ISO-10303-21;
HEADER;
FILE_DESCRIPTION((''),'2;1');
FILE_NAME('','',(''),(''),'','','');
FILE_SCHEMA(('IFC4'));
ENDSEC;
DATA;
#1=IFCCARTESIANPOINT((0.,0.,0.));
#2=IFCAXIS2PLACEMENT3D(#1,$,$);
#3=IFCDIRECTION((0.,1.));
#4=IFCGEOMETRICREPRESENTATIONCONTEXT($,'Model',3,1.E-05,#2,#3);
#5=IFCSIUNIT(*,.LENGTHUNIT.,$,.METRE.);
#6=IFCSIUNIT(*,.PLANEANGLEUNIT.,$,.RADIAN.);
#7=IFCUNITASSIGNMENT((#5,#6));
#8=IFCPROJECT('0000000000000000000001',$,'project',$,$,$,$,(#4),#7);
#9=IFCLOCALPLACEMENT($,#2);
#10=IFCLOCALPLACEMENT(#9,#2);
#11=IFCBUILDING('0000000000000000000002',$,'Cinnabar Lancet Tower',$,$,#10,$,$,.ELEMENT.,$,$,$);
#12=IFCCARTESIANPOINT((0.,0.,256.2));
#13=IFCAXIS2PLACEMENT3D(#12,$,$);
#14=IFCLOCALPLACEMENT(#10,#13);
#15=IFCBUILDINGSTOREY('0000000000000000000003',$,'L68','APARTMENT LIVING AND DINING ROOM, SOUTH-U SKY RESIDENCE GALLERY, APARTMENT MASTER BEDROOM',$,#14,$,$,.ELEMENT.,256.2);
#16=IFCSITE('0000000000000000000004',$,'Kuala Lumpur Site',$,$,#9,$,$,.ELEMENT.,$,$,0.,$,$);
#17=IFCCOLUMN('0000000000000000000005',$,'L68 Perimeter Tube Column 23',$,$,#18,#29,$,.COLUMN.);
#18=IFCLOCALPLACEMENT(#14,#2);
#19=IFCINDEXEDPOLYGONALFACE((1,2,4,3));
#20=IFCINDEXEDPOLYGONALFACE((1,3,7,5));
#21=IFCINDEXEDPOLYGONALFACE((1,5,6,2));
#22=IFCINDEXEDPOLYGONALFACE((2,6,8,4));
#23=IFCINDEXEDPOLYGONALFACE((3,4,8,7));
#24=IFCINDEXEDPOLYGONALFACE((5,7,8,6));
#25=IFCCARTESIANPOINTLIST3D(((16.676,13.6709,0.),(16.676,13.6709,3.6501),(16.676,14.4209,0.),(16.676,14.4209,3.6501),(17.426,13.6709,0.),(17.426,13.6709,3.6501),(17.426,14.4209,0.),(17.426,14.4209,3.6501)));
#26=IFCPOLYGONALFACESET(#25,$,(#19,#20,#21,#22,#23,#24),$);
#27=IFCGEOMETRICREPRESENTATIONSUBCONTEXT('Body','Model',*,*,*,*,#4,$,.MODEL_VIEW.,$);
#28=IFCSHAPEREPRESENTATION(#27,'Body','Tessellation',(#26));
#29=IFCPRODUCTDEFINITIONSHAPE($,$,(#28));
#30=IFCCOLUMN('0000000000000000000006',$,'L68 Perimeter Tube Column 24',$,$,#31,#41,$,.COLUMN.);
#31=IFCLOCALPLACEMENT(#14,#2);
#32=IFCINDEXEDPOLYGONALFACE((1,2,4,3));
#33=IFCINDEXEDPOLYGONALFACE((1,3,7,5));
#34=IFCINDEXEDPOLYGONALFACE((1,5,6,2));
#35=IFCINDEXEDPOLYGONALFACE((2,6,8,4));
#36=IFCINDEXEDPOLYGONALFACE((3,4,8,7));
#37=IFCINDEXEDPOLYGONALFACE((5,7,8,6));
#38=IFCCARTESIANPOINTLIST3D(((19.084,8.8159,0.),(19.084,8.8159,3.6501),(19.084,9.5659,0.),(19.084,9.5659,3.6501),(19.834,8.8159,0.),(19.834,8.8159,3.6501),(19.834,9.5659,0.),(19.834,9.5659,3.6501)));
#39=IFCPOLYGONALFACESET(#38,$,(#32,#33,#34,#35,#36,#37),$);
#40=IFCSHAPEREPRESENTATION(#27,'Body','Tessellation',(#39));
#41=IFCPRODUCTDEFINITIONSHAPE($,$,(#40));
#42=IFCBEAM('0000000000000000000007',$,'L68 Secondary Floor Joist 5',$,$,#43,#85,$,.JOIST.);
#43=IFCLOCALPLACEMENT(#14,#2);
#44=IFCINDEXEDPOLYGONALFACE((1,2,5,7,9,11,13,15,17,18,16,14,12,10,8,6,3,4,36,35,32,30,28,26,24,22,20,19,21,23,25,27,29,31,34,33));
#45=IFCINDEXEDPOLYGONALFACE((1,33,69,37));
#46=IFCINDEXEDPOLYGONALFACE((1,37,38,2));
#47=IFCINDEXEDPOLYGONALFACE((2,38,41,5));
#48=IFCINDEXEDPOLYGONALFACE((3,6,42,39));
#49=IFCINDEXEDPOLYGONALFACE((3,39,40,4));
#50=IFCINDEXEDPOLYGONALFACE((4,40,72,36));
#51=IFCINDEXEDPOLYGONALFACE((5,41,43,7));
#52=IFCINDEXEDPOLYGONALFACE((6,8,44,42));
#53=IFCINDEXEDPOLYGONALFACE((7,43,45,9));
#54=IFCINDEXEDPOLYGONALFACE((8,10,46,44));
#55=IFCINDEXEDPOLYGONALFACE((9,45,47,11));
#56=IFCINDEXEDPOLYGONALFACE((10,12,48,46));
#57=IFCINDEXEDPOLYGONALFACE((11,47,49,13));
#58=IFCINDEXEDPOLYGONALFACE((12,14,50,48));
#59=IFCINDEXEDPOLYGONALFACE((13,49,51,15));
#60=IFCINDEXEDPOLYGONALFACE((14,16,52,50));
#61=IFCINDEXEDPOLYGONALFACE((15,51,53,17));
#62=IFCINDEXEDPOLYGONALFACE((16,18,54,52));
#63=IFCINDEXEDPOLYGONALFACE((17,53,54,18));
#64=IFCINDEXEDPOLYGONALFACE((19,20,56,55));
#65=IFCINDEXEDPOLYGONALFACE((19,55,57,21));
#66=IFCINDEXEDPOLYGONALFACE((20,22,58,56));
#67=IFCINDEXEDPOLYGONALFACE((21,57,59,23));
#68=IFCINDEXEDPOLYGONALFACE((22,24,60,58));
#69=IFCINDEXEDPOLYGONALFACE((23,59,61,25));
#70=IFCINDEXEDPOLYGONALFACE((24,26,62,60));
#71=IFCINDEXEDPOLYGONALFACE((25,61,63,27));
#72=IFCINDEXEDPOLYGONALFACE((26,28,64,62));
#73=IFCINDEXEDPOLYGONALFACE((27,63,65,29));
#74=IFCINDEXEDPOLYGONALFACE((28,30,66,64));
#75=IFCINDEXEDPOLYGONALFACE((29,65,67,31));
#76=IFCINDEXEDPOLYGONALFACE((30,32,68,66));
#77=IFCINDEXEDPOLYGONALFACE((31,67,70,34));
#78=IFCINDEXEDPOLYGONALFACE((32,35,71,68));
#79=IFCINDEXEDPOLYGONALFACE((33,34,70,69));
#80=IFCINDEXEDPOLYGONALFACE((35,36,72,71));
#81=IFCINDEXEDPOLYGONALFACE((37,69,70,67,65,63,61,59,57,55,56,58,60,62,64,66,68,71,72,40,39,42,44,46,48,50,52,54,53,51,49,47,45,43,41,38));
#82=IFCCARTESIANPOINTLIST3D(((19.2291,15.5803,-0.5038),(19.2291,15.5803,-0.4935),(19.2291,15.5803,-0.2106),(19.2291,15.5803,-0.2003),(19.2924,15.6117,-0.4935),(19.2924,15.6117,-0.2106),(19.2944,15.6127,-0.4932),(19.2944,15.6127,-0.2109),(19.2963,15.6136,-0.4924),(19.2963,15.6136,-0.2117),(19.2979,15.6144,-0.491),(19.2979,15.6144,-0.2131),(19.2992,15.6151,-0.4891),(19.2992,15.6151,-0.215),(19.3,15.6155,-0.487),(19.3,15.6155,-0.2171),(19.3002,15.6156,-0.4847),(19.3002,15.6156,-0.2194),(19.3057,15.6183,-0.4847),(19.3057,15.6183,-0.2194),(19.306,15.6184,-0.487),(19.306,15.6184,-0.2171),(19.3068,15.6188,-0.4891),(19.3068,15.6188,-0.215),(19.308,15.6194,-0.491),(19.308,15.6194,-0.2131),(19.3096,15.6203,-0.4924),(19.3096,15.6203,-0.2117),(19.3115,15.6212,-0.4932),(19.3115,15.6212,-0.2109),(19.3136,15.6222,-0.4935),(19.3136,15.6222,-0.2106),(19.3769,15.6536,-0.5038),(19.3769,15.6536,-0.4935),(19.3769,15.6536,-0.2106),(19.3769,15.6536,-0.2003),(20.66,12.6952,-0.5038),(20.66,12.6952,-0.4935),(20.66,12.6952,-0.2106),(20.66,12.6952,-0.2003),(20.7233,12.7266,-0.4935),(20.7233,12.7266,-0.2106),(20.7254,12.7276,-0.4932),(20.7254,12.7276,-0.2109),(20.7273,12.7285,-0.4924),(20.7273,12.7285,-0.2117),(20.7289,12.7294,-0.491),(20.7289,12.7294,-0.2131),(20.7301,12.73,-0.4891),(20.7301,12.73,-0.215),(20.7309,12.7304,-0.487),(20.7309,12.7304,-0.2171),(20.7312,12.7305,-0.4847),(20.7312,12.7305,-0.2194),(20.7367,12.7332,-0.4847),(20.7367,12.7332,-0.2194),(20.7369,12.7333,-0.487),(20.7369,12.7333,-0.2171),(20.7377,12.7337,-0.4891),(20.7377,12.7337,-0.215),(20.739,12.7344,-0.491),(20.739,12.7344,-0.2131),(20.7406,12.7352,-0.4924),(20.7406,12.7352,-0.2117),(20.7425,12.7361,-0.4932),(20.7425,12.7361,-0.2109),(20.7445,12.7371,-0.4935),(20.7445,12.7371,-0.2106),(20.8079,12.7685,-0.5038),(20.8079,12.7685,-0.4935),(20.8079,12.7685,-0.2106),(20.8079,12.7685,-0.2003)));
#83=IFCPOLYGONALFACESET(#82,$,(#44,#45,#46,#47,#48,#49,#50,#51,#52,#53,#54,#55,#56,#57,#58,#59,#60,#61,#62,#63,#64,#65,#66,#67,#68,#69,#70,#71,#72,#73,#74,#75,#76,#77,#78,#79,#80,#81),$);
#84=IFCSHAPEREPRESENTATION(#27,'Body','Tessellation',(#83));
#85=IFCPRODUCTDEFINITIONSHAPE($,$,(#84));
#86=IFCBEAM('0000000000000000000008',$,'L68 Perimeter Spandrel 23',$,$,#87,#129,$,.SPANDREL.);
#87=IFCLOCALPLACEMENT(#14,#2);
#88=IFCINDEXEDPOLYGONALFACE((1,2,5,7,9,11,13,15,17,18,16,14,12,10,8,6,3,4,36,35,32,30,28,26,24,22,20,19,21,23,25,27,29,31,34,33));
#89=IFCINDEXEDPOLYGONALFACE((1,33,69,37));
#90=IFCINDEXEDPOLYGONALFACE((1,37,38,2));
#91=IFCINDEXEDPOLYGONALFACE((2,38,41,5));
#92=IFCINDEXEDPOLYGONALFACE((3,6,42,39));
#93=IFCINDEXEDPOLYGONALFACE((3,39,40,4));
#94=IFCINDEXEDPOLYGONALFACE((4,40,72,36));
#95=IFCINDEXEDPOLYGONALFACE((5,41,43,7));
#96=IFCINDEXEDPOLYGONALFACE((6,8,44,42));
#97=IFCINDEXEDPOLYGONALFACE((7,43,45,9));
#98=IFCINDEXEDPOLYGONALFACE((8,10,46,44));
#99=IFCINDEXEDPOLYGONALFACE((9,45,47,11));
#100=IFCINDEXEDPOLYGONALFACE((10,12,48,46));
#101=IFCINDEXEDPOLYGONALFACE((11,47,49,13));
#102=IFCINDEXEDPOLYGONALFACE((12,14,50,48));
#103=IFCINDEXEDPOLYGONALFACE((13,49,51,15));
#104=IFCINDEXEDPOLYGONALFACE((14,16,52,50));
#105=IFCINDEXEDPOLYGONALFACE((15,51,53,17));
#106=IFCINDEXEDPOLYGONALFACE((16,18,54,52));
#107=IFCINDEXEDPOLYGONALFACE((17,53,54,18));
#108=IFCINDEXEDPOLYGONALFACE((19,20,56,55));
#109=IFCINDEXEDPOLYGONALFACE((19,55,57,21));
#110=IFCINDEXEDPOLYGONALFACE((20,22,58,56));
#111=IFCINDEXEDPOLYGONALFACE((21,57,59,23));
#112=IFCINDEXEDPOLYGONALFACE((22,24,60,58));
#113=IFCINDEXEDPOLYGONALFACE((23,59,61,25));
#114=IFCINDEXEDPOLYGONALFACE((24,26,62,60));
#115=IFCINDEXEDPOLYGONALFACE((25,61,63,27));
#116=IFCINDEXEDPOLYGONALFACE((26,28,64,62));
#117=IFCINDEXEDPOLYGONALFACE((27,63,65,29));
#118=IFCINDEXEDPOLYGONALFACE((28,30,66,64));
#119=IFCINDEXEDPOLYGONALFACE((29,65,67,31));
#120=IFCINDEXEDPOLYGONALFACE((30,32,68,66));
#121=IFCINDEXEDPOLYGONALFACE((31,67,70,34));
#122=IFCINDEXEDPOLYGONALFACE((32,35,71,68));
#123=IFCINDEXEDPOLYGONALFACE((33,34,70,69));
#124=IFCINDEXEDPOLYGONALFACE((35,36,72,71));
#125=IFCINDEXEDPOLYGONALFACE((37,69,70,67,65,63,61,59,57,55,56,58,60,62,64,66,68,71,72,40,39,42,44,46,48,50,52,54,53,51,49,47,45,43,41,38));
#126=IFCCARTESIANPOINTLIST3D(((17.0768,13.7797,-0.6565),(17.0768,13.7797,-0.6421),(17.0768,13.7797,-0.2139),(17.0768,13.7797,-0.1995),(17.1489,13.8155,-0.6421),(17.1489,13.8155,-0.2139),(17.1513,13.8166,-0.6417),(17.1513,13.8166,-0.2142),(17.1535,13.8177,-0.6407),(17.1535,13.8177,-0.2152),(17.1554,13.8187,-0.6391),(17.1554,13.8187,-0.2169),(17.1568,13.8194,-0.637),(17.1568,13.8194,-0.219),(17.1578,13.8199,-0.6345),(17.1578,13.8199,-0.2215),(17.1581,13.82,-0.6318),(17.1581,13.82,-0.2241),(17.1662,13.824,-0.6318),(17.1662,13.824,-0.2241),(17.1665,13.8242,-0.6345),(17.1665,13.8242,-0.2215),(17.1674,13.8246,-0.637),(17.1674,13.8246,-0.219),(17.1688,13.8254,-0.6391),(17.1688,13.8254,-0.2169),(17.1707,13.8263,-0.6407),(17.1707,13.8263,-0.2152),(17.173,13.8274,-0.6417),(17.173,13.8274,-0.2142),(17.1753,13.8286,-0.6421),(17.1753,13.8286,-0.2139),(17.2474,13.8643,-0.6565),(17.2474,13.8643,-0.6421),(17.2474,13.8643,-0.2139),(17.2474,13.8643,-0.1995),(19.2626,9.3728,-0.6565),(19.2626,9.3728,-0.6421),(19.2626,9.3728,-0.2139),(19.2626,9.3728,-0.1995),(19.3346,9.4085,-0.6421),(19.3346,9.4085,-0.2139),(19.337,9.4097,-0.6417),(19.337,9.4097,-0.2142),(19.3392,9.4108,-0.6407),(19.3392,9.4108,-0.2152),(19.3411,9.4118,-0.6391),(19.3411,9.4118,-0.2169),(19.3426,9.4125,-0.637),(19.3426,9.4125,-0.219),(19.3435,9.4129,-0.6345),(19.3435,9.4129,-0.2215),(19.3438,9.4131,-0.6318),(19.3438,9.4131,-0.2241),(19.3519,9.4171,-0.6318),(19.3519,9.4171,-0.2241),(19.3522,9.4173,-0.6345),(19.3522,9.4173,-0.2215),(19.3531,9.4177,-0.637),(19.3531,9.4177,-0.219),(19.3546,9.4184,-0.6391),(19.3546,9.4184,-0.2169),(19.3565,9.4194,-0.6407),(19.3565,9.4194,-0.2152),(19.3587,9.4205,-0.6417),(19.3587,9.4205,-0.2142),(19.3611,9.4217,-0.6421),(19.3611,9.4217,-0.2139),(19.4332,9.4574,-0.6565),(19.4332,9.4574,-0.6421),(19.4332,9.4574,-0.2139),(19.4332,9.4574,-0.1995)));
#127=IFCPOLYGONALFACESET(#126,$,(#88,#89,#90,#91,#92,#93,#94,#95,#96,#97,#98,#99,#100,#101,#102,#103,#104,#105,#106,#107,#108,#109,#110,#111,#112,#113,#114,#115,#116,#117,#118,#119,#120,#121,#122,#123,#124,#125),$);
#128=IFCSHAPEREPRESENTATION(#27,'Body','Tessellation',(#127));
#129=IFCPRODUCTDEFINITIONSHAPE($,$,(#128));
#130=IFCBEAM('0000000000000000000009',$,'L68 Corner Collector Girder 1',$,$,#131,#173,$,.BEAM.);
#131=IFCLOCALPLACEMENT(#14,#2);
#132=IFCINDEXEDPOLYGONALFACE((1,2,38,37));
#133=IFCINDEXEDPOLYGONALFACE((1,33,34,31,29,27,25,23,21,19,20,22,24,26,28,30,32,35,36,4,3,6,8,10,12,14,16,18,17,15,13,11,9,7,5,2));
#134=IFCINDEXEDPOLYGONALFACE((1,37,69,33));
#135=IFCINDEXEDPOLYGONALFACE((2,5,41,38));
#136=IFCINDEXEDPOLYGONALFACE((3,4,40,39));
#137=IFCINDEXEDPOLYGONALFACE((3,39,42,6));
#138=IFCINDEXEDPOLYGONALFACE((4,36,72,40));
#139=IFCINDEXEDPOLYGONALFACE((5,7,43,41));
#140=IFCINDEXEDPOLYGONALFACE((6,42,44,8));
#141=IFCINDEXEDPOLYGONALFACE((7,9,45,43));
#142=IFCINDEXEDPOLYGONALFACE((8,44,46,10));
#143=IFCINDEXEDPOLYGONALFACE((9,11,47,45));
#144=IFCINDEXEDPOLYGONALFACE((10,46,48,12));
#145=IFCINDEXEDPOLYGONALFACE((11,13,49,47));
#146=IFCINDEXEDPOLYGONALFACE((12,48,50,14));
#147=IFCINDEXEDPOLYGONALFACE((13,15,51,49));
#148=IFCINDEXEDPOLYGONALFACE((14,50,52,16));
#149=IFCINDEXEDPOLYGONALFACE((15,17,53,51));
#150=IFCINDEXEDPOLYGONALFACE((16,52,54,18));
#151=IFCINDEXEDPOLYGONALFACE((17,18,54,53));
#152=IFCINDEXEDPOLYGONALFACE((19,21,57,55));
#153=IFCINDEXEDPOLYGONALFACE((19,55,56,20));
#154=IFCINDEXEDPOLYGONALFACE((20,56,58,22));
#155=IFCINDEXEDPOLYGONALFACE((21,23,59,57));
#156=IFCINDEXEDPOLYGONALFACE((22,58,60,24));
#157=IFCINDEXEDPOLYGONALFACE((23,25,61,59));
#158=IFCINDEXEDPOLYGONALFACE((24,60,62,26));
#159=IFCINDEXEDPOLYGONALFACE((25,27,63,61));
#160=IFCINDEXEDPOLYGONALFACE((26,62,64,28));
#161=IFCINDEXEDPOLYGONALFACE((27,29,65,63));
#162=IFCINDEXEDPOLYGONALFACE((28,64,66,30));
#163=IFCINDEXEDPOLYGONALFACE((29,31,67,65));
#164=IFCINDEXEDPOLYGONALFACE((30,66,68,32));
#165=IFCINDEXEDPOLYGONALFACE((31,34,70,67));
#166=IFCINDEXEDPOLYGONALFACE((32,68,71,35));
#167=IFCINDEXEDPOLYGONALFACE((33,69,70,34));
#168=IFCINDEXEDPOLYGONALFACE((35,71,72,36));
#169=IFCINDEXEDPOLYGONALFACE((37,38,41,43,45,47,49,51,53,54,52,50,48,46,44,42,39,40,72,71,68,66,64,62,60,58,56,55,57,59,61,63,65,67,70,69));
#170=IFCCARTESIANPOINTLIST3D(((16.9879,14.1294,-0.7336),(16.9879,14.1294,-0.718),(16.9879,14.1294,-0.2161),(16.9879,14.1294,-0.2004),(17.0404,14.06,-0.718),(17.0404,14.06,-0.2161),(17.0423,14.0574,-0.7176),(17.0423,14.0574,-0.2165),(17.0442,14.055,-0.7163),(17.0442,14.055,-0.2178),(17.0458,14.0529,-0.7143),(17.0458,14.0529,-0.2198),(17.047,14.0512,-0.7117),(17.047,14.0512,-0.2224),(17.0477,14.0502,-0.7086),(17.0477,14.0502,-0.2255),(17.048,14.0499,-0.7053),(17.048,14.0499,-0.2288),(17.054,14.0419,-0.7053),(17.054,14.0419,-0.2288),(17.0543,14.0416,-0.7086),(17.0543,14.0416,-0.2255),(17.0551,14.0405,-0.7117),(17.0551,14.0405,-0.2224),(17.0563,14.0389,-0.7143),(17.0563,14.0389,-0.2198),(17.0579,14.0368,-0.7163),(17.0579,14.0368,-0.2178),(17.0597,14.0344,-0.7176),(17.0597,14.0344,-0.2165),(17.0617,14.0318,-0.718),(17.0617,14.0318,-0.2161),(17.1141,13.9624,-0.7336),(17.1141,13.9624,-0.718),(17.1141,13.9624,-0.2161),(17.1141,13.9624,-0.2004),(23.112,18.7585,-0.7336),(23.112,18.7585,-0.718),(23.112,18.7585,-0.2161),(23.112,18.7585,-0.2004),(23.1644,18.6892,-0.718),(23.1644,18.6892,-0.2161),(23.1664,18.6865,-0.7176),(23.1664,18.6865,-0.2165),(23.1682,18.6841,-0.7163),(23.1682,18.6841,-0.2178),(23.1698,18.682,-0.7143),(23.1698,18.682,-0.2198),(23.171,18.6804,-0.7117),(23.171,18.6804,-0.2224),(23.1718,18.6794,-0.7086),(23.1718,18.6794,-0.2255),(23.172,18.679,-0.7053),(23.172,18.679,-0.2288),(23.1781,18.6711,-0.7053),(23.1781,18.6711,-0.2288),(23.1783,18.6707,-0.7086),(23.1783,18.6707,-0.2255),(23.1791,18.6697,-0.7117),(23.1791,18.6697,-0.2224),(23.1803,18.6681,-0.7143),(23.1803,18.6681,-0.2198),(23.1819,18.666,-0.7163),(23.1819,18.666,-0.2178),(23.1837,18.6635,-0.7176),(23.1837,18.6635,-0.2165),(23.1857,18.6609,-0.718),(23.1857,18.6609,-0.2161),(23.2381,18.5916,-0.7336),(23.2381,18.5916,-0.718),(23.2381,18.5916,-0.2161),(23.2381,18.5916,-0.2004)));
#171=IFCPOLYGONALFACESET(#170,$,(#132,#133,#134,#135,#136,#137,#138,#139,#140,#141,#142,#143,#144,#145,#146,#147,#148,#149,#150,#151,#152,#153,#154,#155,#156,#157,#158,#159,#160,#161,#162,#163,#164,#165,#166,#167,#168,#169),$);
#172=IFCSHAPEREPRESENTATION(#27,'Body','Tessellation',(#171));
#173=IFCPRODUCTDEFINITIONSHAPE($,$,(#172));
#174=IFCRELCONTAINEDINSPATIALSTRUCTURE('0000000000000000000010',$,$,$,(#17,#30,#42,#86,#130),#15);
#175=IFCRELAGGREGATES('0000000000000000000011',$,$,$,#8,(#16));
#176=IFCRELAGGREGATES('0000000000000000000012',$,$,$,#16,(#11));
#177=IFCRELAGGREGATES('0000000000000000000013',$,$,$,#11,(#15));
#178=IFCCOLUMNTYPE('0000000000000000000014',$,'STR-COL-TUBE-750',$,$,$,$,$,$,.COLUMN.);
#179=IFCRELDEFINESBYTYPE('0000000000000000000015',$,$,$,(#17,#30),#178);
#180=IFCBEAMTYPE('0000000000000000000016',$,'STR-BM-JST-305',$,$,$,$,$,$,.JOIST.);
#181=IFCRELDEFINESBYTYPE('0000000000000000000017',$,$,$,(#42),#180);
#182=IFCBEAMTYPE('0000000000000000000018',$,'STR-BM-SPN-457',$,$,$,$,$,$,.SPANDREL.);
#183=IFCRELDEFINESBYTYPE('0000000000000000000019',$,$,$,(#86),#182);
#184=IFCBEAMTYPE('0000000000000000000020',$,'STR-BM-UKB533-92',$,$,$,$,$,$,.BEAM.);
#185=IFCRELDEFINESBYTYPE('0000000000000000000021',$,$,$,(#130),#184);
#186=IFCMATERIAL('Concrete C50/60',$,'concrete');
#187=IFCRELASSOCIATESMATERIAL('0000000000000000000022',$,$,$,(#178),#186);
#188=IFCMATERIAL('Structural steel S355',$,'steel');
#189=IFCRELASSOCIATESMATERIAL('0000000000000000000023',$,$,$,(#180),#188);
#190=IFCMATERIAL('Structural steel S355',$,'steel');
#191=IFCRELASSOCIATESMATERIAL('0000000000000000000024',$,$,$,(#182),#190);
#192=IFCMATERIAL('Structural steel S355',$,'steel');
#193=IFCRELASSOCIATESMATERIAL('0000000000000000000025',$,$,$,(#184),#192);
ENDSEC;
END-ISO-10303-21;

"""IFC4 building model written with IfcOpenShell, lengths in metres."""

from ifc_helpers import new_model, si_unit, direction, frame, origin, origin_2d, place, context, subcontext, project, spatial, rectangle, i_section, extrude, material, material_profile, profile_set, type_object, element, save


model = new_model("IFC4")

# Units and contexts
model_context = context("Model", 3, precision=1e-05, world=origin(), true_north=direction((0.0, 1.0)))
body_context = subcontext(model_context, "Body", "Model", "MODEL_VIEW")
ifc_project = project(units=[si_unit("LENGTHUNIT", "METRE"), si_unit("PLANEANGLEUNIT", "RADIAN")], contexts=[model_context])

# Site, building, storey
site_placement = place(None, origin())
site = spatial("IfcSite", under=ifc_project, at=site_placement, Name="Kuala Lumpur Site", CompositionType="ELEMENT", RefElevation=0.0)
building_placement = place(site_placement, origin())
building = spatial("IfcBuilding", under=site, at=building_placement, Name="Cinnabar Lancet Tower", CompositionType="ELEMENT")
storey_placement = place(building_placement, frame((0.0, 0.0, 256.2)))
storey = spatial("IfcBuildingStorey", under=building, at=storey_placement, Name="L68", Description="APARTMENT LIVING AND DINING ROOM, SOUTH-U SKY RESIDENCE GALLERY, APARTMENT MASTER BEDROOM", CompositionType="ELEMENT", Elevation=256.2)

# Columns
ifc_material_1 = material(Name="Concrete C50/60", Category="concrete")
ifc_material_profile_1 = material_profile(ifc_material_1, rectangle(XDim=0.75, YDim=0.75, at=origin_2d()), Name="RC-COL 750x750")
ifc_profile_set_1 = profile_set([ifc_material_profile_1], Name="Concrete C50/60")
column_type = type_object("IfcColumnType", Name="STR-COL-TUBE-750", PredefinedType="COLUMN", material=ifc_profile_set_1)
for number, where, z_axis, x_axis, name in (
    (1, (17.051, 14.0459, 0.0), (0.0, 0.0, 1.0), (1.0, 0.0, 0.0), "L68 Perimeter Tube Column 23"),
    (2, (19.459, 9.1909, 0.0), (0.0, 0.0, 1.0), (1.0, 0.0, 0.0), "L68 Perimeter Tube Column 24"),
):
    element("IfcColumn", number, at=place(storey_placement, frame(where, z_axis=z_axis, x_axis=x_axis)), inside=storey, type_object=column_type, Name=name, PredefinedType="COLUMN", context=body_context, shape_type="SweptSolid", body=[
        extrude(rectangle(XDim=0.75, YDim=0.75, at=origin_2d()), origin(), (0.0, 0.0, 1.0), 3.6501),
    ])

# Beams
ifc_material_2 = material(Name="Structural steel S355", Category="steel")
ifc_material_profile_2 = material_profile(ifc_material_2, i_section(OverallWidth=0.165, OverallDepth=0.3035, WebThickness=0.0061, FlangeThickness=0.0103, FilletRadius=0.0088, at=origin_2d()), Name="UKB 305x165x40")
ifc_profile_set_2 = profile_set([ifc_material_profile_2], Name="Structural steel S355")
beam_type_1 = type_object("IfcBeamType", Name="STR-BM-JST-305", PredefinedType="JOIST", material=ifc_profile_set_2)
beam_1_placement = place(storey_placement, frame((19.303, 15.6169, -0.3521), z_axis=(0.44433, -0.895863, 0.0), x_axis=(0.895863, 0.44433, 0.0)))
element("IfcBeam", 3, at=beam_1_placement, inside=storey, type_object=beam_type_1, Name="L68 Secondary Floor Joist 5", PredefinedType="JOIST", context=body_context, shape_type="SweptSolid", body=[
    extrude(i_section(OverallWidth=0.165, OverallDepth=0.3035, WebThickness=0.0061, FlangeThickness=0.0103, FilletRadius=0.0088, at=origin_2d()), origin(), (0.0, 0.0, 1.0), 3.2205),
])
ifc_material_3 = material(Name="Structural steel S355", Category="steel")
ifc_material_profile_3 = material_profile(ifc_material_3, i_section(OverallWidth=0.1904, OverallDepth=0.457, WebThickness=0.009, FlangeThickness=0.0144, FilletRadius=0.0103, at=origin_2d()), Name="UKB 457x191x74")
ifc_profile_set_3 = profile_set([ifc_material_profile_3], Name="Structural steel S355")
beam_type_2 = type_object("IfcBeamType", Name="STR-BM-SPN-457", PredefinedType="SPANDREL", material=ifc_profile_set_3)
beam_2_placement = place(storey_placement, frame((17.1621, 13.822, -0.428), z_axis=(0.444333, -0.895862, 0.0), x_axis=(0.895862, 0.444333, 0.0)))
element("IfcBeam", 4, at=beam_2_placement, inside=storey, type_object=beam_type_2, Name="L68 Perimeter Spandrel 23", PredefinedType="SPANDREL", context=body_context, shape_type="SweptSolid", body=[
    extrude(i_section(OverallWidth=0.1904, OverallDepth=0.457, WebThickness=0.009, FlangeThickness=0.0144, FilletRadius=0.0103, at=origin_2d()), origin(), (0.0, 0.0, 1.0), 4.9192),
])
ifc_material_4 = material(Name="Structural steel S355", Category="steel")
ifc_material_profile_4 = material_profile(ifc_material_4, i_section(OverallWidth=0.2092, OverallDepth=0.5332, WebThickness=0.01, FlangeThickness=0.0156, FilletRadius=0.0127, at=origin_2d()), Name="UKB 533x210x92")
ifc_profile_set_4 = profile_set([ifc_material_profile_4], Name="Structural steel S355")
beam_type_3 = type_object("IfcBeamType", Name="STR-BM-UKB533-92", PredefinedType="BEAM", material=ifc_profile_set_4)
beam_3_placement = place(storey_placement, frame((17.051, 14.0459, -0.467), z_axis=(0.797735, 0.603008, 0.0), x_axis=(-0.603008, 0.797735, 0.0)))
element("IfcBeam", 5, at=beam_3_placement, inside=storey, type_object=beam_type_3, Name="L68 Corner Collector Girder 1", PredefinedType="BEAM", context=body_context, shape_type="SweptSolid", body=[
    extrude(i_section(OverallWidth=0.2092, OverallDepth=0.5332, WebThickness=0.01, FlangeThickness=0.0156, FilletRadius=0.0127, at=origin_2d()), origin(), (0.0, 0.0, 1.0), 7.6768),
])

save(model, "model.ifc")
